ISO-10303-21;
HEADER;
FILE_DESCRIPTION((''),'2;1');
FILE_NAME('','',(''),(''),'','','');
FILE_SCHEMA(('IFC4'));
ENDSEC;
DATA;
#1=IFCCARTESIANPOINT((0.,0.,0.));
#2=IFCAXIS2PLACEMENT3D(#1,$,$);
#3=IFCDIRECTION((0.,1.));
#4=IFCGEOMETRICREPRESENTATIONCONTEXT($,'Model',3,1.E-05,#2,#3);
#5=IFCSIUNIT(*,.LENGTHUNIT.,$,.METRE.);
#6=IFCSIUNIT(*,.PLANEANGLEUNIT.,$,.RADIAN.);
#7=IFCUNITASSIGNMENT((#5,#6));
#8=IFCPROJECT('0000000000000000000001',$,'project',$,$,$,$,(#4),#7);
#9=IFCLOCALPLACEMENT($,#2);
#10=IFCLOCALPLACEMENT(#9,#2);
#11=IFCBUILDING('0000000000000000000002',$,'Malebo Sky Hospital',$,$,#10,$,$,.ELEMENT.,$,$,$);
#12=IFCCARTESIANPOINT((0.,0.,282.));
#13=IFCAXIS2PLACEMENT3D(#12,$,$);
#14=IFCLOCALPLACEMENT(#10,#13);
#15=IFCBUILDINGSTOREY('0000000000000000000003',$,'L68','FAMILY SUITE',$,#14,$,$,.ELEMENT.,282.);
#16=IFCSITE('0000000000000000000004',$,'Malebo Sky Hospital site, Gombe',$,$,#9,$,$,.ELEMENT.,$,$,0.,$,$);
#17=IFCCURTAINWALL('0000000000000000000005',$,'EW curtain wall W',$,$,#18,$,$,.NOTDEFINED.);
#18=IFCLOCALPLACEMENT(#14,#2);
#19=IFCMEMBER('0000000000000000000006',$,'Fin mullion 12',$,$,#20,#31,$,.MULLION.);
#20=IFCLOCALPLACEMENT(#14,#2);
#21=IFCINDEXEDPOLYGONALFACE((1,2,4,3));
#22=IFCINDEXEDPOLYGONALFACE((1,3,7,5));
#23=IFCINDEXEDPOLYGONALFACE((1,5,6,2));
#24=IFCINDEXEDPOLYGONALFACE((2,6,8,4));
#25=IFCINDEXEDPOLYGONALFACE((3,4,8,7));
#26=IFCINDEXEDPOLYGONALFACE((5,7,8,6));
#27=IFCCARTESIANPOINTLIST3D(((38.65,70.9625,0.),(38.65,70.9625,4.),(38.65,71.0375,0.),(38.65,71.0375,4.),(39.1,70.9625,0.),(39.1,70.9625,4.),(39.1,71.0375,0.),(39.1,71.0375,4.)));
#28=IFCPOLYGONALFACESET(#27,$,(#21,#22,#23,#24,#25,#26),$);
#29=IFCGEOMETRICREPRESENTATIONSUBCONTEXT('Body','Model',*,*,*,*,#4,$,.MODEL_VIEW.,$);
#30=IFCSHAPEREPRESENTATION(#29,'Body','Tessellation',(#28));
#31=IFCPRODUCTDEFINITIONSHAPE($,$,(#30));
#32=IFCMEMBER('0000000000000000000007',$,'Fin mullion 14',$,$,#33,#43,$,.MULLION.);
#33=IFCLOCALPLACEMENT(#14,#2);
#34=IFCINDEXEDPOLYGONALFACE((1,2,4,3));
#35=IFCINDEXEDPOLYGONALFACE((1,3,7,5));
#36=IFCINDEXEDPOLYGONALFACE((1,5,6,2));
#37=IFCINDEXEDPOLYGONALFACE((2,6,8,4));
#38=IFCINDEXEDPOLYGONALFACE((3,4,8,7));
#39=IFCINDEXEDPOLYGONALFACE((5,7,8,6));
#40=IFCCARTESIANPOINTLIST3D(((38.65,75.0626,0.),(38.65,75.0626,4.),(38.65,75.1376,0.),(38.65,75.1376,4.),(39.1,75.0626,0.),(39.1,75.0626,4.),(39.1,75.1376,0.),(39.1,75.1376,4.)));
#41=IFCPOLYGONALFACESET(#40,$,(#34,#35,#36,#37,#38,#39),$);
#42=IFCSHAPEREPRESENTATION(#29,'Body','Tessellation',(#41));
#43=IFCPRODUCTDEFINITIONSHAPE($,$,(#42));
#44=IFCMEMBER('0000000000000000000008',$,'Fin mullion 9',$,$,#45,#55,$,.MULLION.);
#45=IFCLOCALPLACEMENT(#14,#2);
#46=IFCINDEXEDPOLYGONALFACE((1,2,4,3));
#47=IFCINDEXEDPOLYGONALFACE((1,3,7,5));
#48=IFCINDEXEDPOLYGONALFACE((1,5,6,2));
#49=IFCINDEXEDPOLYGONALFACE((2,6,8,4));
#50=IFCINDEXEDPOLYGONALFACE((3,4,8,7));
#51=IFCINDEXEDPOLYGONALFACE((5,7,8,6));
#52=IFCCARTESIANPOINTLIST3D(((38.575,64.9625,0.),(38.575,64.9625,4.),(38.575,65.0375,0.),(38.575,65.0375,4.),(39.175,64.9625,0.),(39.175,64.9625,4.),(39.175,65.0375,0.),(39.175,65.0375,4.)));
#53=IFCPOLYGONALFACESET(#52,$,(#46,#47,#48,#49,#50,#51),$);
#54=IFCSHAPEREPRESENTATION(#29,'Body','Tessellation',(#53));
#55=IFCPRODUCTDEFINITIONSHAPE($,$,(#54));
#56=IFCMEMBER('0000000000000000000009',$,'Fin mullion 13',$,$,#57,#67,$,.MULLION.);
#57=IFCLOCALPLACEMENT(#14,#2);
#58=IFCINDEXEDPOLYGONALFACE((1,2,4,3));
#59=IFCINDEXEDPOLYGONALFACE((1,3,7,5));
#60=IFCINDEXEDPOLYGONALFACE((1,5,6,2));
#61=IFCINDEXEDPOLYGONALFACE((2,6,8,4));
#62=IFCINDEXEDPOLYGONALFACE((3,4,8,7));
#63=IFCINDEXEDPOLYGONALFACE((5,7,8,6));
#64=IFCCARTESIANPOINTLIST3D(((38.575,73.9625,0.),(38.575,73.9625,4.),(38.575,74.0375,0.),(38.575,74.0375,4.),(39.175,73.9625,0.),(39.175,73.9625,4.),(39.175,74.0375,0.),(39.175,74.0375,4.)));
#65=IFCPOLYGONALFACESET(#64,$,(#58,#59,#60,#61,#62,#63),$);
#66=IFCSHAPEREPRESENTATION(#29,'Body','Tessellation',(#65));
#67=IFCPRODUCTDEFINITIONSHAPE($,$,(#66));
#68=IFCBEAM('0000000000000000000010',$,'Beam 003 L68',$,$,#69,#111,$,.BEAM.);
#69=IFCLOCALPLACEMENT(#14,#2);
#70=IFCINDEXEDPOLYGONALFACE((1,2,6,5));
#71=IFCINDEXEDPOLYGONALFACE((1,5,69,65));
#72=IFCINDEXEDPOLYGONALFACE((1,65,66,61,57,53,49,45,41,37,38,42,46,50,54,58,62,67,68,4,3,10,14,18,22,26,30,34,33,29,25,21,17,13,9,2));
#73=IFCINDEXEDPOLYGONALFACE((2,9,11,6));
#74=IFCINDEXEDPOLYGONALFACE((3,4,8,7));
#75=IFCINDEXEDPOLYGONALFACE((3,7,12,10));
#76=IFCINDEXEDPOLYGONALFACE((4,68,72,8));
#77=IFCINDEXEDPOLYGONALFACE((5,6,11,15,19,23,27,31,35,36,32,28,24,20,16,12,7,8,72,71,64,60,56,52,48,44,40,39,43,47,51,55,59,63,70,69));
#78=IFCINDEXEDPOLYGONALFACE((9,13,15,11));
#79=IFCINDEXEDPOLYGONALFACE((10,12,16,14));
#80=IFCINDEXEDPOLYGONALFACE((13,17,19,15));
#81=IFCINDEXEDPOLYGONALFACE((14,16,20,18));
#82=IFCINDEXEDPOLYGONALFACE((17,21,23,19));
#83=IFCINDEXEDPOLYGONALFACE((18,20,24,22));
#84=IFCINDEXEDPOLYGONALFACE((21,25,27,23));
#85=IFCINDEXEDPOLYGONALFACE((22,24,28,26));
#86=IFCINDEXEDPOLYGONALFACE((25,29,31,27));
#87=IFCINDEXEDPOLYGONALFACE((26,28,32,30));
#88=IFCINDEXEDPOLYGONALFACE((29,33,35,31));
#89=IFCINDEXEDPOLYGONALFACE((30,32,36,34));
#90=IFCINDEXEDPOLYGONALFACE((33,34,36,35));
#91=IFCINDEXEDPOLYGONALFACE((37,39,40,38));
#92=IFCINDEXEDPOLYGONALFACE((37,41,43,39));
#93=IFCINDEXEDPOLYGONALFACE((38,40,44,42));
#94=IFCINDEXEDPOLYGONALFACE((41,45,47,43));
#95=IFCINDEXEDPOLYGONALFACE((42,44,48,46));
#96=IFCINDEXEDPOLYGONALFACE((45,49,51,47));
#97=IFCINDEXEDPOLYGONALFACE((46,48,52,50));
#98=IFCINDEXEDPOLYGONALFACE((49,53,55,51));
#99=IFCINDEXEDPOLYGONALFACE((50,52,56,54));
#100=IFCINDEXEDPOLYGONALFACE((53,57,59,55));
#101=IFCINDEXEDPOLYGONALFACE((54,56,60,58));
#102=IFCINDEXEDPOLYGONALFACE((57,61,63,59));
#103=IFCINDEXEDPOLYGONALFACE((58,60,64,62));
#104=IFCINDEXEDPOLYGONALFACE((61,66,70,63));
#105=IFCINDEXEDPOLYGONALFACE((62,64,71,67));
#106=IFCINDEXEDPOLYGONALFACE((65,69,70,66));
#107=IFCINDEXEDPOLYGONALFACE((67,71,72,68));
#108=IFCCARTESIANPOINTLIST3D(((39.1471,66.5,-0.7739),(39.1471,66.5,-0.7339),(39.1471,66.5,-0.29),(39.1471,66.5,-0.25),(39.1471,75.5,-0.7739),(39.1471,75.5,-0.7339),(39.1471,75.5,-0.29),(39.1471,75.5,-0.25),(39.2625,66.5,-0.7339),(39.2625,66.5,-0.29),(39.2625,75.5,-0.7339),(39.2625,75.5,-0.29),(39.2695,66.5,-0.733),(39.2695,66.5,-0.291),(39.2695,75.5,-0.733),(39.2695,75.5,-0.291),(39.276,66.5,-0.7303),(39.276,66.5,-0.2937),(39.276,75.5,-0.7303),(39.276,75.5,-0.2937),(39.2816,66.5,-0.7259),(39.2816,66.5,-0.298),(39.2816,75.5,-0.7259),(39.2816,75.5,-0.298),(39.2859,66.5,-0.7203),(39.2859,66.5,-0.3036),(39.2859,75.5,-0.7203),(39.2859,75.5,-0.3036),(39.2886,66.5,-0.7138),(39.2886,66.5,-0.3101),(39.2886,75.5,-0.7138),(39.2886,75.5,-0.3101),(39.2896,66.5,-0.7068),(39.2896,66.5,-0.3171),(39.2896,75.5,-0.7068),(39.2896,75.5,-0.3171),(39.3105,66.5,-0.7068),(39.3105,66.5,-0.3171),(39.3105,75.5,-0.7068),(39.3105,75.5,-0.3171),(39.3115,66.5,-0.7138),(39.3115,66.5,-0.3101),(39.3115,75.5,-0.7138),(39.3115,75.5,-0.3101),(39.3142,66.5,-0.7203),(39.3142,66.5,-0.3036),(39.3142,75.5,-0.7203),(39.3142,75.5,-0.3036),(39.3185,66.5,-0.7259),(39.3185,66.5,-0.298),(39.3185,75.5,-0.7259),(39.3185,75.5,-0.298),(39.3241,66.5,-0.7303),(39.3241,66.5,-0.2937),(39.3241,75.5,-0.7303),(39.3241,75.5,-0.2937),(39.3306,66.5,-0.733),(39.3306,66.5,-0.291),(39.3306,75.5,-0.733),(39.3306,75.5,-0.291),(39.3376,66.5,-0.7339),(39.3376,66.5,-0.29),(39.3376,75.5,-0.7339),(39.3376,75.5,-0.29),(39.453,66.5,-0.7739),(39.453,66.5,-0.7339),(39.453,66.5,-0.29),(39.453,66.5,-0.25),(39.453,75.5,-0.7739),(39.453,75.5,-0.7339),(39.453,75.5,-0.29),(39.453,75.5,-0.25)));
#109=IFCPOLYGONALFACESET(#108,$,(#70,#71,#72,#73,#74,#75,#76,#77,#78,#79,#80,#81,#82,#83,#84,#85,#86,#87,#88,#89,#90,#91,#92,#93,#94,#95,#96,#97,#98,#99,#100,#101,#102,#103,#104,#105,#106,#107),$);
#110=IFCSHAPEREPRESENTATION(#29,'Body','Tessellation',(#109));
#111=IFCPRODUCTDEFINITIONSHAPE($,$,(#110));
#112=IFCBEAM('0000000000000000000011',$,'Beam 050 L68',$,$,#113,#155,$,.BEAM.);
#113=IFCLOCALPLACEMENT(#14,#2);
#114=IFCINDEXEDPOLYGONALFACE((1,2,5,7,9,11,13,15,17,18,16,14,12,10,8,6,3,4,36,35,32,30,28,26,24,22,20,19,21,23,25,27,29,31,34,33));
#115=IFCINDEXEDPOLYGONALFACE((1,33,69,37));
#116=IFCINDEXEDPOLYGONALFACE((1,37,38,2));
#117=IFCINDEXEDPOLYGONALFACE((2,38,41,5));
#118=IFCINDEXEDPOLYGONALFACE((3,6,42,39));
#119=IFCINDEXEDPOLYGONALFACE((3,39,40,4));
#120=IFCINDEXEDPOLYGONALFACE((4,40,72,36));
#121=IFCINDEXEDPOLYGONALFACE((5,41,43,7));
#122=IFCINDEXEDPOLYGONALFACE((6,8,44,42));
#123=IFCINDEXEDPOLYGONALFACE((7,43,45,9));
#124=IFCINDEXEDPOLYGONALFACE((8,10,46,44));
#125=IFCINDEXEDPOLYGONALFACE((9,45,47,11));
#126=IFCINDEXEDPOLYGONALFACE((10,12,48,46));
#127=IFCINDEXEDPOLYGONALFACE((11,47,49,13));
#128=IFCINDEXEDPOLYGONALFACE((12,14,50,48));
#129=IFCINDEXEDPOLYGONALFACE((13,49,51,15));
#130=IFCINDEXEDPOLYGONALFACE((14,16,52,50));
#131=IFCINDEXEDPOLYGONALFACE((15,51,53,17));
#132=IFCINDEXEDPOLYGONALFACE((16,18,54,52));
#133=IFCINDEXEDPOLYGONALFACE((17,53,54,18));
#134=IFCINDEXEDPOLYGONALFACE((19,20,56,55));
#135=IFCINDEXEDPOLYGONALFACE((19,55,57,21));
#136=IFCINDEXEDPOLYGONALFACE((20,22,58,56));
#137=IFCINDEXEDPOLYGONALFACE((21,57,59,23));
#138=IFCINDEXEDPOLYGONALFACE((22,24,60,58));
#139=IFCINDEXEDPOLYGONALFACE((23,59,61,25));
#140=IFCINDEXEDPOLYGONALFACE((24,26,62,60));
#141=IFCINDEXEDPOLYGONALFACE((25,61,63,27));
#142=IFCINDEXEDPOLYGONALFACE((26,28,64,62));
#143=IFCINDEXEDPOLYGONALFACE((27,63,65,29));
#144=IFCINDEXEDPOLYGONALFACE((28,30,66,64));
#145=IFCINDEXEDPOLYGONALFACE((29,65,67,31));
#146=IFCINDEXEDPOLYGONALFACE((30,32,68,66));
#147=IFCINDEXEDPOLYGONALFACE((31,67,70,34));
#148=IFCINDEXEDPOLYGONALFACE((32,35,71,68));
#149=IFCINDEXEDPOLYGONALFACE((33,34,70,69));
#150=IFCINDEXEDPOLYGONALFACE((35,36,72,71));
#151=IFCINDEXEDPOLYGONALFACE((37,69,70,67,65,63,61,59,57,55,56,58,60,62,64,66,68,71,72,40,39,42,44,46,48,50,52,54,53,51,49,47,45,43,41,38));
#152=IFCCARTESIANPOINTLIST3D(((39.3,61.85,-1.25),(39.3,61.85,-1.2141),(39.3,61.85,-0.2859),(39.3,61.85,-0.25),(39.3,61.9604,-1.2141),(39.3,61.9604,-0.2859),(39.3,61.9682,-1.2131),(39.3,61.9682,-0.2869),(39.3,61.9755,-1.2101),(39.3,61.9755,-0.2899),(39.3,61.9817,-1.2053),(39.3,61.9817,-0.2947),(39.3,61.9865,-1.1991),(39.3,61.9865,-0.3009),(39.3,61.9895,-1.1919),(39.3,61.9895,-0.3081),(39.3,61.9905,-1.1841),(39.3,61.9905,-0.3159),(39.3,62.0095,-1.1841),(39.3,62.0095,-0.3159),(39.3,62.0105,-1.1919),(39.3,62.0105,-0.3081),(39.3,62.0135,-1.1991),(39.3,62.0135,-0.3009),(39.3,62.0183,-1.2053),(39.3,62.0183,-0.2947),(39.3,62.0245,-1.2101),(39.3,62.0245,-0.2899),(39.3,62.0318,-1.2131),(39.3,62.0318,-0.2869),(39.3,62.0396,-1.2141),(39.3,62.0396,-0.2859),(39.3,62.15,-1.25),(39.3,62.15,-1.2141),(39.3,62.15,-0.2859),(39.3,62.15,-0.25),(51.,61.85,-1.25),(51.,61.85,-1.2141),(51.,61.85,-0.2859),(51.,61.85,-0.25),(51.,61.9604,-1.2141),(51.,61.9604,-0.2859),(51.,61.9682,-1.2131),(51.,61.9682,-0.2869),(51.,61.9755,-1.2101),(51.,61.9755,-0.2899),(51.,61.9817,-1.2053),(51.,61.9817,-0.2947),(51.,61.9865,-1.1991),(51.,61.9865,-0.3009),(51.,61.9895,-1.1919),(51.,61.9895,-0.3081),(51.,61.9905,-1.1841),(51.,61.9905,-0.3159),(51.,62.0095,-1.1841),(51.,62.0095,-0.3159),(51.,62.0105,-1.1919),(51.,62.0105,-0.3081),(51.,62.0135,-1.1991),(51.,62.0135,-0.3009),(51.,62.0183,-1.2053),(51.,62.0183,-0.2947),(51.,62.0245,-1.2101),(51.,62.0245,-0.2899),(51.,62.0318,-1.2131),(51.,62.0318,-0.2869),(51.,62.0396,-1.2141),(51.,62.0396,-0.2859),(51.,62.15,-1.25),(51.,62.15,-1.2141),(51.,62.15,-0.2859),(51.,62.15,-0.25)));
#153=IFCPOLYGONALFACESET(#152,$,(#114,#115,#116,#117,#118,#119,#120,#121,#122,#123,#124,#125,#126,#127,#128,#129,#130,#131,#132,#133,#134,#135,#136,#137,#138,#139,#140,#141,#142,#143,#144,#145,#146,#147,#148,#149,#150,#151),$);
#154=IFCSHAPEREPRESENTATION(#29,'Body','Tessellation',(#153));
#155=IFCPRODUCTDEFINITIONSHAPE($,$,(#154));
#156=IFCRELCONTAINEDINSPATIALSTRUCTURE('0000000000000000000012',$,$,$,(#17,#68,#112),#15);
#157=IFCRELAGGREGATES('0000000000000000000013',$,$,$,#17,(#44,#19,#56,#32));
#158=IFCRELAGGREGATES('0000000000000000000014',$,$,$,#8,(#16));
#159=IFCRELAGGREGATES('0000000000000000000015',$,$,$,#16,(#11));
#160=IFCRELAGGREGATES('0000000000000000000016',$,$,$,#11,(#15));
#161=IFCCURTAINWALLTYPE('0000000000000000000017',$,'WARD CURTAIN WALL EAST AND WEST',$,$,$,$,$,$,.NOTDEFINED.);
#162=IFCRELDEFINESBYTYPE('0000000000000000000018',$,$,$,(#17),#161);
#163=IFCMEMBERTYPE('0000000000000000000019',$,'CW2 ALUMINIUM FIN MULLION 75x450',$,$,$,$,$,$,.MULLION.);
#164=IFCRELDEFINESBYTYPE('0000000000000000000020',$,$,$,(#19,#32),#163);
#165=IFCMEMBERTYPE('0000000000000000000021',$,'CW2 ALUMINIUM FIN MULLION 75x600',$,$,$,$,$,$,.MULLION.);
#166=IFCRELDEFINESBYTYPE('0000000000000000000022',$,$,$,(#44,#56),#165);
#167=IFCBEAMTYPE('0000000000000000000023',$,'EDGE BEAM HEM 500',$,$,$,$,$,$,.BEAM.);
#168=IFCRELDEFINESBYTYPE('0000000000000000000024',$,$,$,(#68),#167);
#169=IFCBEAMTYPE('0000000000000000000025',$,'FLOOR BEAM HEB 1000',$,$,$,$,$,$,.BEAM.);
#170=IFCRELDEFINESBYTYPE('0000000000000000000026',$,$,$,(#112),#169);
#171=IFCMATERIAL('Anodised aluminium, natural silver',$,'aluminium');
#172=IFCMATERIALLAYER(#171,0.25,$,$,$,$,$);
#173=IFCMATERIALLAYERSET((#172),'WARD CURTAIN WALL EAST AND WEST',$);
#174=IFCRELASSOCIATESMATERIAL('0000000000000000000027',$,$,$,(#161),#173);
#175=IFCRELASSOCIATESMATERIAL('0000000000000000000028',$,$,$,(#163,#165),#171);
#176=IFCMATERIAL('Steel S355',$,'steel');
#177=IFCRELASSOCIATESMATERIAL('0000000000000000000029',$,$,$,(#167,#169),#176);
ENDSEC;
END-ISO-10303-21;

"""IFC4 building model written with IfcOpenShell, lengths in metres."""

from ifc_helpers import new_model, si_unit, direction, frame, origin, origin_2d, place, context, subcontext, project, spatial, rectangle, i_section, extrude, material, layer, layer_set, material_profile, profile_set, type_object, element, aggregate, save


model = new_model("IFC4")

# Units and contexts
model_context = context("Model", 3, precision=1e-05, world=origin(), true_north=direction((0.0, 1.0)))
body_context = subcontext(model_context, "Body", "Model", "MODEL_VIEW")
ifc_project = project(units=[si_unit("LENGTHUNIT", "METRE"), si_unit("PLANEANGLEUNIT", "RADIAN")], contexts=[model_context])

# Site, building, storey
site_placement = place(None, origin())
site = spatial("IfcSite", under=ifc_project, at=site_placement, Name="Malebo Sky Hospital site, Gombe", CompositionType="ELEMENT", RefElevation=0.0)
building_placement = place(site_placement, origin())
building = spatial("IfcBuilding", under=site, at=building_placement, Name="Malebo Sky Hospital", CompositionType="ELEMENT")
storey_placement = place(building_placement, frame((0.0, 0.0, 282.0)))
storey = spatial("IfcBuildingStorey", under=building, at=storey_placement, Name="L68", Description="FAMILY SUITE", CompositionType="ELEMENT", Elevation=282.0)

# Curtain wall
ifc_material_1 = material(Name="Anodised aluminium, natural silver", Category="aluminium")
ifc_layer_1 = layer(ifc_material_1, 0.25)
ifc_layer_set_1 = layer_set([ifc_layer_1], Name="WARD CURTAIN WALL EAST AND WEST")
curtain_wall_type = type_object("IfcCurtainWallType", Name="WARD CURTAIN WALL EAST AND WEST", PredefinedType="NOTDEFINED", material=ifc_layer_set_1)
curtain_wall_placement = place(storey_placement, origin())
curtain_wall = element("IfcCurtainWall", 1, at=curtain_wall_placement, inside=storey, type_object=curtain_wall_type, Name="EW curtain wall W", PredefinedType="NOTDEFINED")

# Members
ifc_material_2 = material(Name="Steel S355", Category="steel")
ifc_material_profile_1 = material_profile(ifc_material_1, rectangle(XDim=0.075, YDim=0.45, at=origin_2d()), Name="CW2 ALUMINIUM FIN MULLION 75x450")
ifc_profile_set_1 = profile_set([ifc_material_profile_1], Name="Anodised aluminium, natural silver")
member_type_1 = type_object("IfcMemberType", Name="CW2 ALUMINIUM FIN MULLION 75x450", PredefinedType="MULLION", material=ifc_profile_set_1)
member_1_placement = place(storey_placement, frame((38.875, 71.0, 0.0), z_axis=(0.0, 0.0, 1.0), x_axis=(0.0, 1.0, 0.0)))
member_1 = element("IfcMember", 2, at=member_1_placement, type_object=member_type_1, Name="Fin mullion 12", PredefinedType="MULLION", context=body_context, shape_type="SweptSolid", body=[
    extrude(rectangle(XDim=0.075, YDim=0.45, at=origin_2d()), origin(), (0.0, 0.0, 1.0), 4.0),
])
member_2_placement = place(storey_placement, frame((38.875, 75.1001, 0.0), z_axis=(0.0, 0.0, 1.0), x_axis=(0.0, 1.0, 0.0)))
member_2 = element("IfcMember", 3, at=member_2_placement, type_object=member_type_1, Name="Fin mullion 14", PredefinedType="MULLION", context=body_context, shape_type="SweptSolid", body=[
    extrude(rectangle(XDim=0.075, YDim=0.45, at=origin_2d()), origin(), (0.0, 0.0, 1.0), 4.0),
])
ifc_material_profile_2 = material_profile(ifc_material_1, rectangle(XDim=0.075, YDim=0.6001, at=origin_2d()), Name="CW2 ALUMINIUM FIN MULLION 75x600")
ifc_profile_set_2 = profile_set([ifc_material_profile_2], Name="Anodised aluminium, natural silver")
member_type_2 = type_object("IfcMemberType", Name="CW2 ALUMINIUM FIN MULLION 75x600", PredefinedType="MULLION", material=ifc_profile_set_2)
member_3_placement = place(storey_placement, frame((38.875, 65.0, 0.0), z_axis=(0.0, 0.0, 1.0), x_axis=(0.0, 1.0, 0.0)))
member_3 = element("IfcMember", 4, at=member_3_placement, type_object=member_type_2, Name="Fin mullion 9", PredefinedType="MULLION", context=body_context, shape_type="SweptSolid", body=[
    extrude(rectangle(XDim=0.075, YDim=0.6001, at=origin_2d()), origin(), (0.0, 0.0, 1.0), 4.0),
])
member_4_placement = place(storey_placement, frame((38.875, 74.0, 0.0), z_axis=(0.0, 0.0, 1.0), x_axis=(0.0, 1.0, 0.0)))
member_4 = element("IfcMember", 5, at=member_4_placement, type_object=member_type_2, Name="Fin mullion 13", PredefinedType="MULLION", context=body_context, shape_type="SweptSolid", body=[
    extrude(rectangle(XDim=0.075, YDim=0.6001, at=origin_2d()), origin(), (0.0, 0.0, 1.0), 4.0),
])

# Beams
ifc_material_profile_3 = material_profile(ifc_material_2, i_section(OverallWidth=0.3059, OverallDepth=0.5239, WebThickness=0.021, FlangeThickness=0.04, FilletRadius=0.0271, at=origin_2d()), Name="HEM 500")
ifc_profile_set_3 = profile_set([ifc_material_profile_3], Name="Steel S355")
beam_type_1 = type_object("IfcBeamType", Name="EDGE BEAM HEM 500", PredefinedType="BEAM", material=ifc_profile_set_3)
beam_1_placement = place(storey_placement, frame((39.3, 66.5, -0.512), z_axis=(0.0, 1.0, 0.0), x_axis=(-1.0, 0.0, 0.0)))
element("IfcBeam", 6, at=beam_1_placement, inside=storey, type_object=beam_type_1, Name="Beam 003 L68", PredefinedType="BEAM", context=body_context, shape_type="SweptSolid", body=[
    extrude(i_section(OverallWidth=0.3059, OverallDepth=0.5239, WebThickness=0.021, FlangeThickness=0.04, FilletRadius=0.0271, at=origin_2d()), origin(), (0.0, 0.0, 1.0), 9.0),
])
ifc_material_profile_4 = material_profile(ifc_material_2, i_section(OverallWidth=0.3, OverallDepth=1.0, WebThickness=0.019, FlangeThickness=0.0359, FilletRadius=0.03, at=origin_2d()), Name="HEB 1000")
ifc_profile_set_4 = profile_set([ifc_material_profile_4], Name="Steel S355")
beam_type_2 = type_object("IfcBeamType", Name="FLOOR BEAM HEB 1000", PredefinedType="BEAM", material=ifc_profile_set_4)
beam_2_placement = place(storey_placement, frame((39.3, 62.0, -0.75), z_axis=(1.0, 0.0, 0.0), x_axis=(0.0, 1.0, 0.0)))
element("IfcBeam", 7, at=beam_2_placement, inside=storey, type_object=beam_type_2, Name="Beam 050 L68", PredefinedType="BEAM", context=body_context, shape_type="SweptSolid", body=[
    extrude(i_section(OverallWidth=0.3, OverallDepth=1.0, WebThickness=0.019, FlangeThickness=0.0359, FilletRadius=0.03, at=origin_2d()), origin(), (0.0, 0.0, 1.0), 11.7),
])

aggregate(curtain_wall, [member_3, member_1, member_4, member_2])

save(model, "model.ifc")
